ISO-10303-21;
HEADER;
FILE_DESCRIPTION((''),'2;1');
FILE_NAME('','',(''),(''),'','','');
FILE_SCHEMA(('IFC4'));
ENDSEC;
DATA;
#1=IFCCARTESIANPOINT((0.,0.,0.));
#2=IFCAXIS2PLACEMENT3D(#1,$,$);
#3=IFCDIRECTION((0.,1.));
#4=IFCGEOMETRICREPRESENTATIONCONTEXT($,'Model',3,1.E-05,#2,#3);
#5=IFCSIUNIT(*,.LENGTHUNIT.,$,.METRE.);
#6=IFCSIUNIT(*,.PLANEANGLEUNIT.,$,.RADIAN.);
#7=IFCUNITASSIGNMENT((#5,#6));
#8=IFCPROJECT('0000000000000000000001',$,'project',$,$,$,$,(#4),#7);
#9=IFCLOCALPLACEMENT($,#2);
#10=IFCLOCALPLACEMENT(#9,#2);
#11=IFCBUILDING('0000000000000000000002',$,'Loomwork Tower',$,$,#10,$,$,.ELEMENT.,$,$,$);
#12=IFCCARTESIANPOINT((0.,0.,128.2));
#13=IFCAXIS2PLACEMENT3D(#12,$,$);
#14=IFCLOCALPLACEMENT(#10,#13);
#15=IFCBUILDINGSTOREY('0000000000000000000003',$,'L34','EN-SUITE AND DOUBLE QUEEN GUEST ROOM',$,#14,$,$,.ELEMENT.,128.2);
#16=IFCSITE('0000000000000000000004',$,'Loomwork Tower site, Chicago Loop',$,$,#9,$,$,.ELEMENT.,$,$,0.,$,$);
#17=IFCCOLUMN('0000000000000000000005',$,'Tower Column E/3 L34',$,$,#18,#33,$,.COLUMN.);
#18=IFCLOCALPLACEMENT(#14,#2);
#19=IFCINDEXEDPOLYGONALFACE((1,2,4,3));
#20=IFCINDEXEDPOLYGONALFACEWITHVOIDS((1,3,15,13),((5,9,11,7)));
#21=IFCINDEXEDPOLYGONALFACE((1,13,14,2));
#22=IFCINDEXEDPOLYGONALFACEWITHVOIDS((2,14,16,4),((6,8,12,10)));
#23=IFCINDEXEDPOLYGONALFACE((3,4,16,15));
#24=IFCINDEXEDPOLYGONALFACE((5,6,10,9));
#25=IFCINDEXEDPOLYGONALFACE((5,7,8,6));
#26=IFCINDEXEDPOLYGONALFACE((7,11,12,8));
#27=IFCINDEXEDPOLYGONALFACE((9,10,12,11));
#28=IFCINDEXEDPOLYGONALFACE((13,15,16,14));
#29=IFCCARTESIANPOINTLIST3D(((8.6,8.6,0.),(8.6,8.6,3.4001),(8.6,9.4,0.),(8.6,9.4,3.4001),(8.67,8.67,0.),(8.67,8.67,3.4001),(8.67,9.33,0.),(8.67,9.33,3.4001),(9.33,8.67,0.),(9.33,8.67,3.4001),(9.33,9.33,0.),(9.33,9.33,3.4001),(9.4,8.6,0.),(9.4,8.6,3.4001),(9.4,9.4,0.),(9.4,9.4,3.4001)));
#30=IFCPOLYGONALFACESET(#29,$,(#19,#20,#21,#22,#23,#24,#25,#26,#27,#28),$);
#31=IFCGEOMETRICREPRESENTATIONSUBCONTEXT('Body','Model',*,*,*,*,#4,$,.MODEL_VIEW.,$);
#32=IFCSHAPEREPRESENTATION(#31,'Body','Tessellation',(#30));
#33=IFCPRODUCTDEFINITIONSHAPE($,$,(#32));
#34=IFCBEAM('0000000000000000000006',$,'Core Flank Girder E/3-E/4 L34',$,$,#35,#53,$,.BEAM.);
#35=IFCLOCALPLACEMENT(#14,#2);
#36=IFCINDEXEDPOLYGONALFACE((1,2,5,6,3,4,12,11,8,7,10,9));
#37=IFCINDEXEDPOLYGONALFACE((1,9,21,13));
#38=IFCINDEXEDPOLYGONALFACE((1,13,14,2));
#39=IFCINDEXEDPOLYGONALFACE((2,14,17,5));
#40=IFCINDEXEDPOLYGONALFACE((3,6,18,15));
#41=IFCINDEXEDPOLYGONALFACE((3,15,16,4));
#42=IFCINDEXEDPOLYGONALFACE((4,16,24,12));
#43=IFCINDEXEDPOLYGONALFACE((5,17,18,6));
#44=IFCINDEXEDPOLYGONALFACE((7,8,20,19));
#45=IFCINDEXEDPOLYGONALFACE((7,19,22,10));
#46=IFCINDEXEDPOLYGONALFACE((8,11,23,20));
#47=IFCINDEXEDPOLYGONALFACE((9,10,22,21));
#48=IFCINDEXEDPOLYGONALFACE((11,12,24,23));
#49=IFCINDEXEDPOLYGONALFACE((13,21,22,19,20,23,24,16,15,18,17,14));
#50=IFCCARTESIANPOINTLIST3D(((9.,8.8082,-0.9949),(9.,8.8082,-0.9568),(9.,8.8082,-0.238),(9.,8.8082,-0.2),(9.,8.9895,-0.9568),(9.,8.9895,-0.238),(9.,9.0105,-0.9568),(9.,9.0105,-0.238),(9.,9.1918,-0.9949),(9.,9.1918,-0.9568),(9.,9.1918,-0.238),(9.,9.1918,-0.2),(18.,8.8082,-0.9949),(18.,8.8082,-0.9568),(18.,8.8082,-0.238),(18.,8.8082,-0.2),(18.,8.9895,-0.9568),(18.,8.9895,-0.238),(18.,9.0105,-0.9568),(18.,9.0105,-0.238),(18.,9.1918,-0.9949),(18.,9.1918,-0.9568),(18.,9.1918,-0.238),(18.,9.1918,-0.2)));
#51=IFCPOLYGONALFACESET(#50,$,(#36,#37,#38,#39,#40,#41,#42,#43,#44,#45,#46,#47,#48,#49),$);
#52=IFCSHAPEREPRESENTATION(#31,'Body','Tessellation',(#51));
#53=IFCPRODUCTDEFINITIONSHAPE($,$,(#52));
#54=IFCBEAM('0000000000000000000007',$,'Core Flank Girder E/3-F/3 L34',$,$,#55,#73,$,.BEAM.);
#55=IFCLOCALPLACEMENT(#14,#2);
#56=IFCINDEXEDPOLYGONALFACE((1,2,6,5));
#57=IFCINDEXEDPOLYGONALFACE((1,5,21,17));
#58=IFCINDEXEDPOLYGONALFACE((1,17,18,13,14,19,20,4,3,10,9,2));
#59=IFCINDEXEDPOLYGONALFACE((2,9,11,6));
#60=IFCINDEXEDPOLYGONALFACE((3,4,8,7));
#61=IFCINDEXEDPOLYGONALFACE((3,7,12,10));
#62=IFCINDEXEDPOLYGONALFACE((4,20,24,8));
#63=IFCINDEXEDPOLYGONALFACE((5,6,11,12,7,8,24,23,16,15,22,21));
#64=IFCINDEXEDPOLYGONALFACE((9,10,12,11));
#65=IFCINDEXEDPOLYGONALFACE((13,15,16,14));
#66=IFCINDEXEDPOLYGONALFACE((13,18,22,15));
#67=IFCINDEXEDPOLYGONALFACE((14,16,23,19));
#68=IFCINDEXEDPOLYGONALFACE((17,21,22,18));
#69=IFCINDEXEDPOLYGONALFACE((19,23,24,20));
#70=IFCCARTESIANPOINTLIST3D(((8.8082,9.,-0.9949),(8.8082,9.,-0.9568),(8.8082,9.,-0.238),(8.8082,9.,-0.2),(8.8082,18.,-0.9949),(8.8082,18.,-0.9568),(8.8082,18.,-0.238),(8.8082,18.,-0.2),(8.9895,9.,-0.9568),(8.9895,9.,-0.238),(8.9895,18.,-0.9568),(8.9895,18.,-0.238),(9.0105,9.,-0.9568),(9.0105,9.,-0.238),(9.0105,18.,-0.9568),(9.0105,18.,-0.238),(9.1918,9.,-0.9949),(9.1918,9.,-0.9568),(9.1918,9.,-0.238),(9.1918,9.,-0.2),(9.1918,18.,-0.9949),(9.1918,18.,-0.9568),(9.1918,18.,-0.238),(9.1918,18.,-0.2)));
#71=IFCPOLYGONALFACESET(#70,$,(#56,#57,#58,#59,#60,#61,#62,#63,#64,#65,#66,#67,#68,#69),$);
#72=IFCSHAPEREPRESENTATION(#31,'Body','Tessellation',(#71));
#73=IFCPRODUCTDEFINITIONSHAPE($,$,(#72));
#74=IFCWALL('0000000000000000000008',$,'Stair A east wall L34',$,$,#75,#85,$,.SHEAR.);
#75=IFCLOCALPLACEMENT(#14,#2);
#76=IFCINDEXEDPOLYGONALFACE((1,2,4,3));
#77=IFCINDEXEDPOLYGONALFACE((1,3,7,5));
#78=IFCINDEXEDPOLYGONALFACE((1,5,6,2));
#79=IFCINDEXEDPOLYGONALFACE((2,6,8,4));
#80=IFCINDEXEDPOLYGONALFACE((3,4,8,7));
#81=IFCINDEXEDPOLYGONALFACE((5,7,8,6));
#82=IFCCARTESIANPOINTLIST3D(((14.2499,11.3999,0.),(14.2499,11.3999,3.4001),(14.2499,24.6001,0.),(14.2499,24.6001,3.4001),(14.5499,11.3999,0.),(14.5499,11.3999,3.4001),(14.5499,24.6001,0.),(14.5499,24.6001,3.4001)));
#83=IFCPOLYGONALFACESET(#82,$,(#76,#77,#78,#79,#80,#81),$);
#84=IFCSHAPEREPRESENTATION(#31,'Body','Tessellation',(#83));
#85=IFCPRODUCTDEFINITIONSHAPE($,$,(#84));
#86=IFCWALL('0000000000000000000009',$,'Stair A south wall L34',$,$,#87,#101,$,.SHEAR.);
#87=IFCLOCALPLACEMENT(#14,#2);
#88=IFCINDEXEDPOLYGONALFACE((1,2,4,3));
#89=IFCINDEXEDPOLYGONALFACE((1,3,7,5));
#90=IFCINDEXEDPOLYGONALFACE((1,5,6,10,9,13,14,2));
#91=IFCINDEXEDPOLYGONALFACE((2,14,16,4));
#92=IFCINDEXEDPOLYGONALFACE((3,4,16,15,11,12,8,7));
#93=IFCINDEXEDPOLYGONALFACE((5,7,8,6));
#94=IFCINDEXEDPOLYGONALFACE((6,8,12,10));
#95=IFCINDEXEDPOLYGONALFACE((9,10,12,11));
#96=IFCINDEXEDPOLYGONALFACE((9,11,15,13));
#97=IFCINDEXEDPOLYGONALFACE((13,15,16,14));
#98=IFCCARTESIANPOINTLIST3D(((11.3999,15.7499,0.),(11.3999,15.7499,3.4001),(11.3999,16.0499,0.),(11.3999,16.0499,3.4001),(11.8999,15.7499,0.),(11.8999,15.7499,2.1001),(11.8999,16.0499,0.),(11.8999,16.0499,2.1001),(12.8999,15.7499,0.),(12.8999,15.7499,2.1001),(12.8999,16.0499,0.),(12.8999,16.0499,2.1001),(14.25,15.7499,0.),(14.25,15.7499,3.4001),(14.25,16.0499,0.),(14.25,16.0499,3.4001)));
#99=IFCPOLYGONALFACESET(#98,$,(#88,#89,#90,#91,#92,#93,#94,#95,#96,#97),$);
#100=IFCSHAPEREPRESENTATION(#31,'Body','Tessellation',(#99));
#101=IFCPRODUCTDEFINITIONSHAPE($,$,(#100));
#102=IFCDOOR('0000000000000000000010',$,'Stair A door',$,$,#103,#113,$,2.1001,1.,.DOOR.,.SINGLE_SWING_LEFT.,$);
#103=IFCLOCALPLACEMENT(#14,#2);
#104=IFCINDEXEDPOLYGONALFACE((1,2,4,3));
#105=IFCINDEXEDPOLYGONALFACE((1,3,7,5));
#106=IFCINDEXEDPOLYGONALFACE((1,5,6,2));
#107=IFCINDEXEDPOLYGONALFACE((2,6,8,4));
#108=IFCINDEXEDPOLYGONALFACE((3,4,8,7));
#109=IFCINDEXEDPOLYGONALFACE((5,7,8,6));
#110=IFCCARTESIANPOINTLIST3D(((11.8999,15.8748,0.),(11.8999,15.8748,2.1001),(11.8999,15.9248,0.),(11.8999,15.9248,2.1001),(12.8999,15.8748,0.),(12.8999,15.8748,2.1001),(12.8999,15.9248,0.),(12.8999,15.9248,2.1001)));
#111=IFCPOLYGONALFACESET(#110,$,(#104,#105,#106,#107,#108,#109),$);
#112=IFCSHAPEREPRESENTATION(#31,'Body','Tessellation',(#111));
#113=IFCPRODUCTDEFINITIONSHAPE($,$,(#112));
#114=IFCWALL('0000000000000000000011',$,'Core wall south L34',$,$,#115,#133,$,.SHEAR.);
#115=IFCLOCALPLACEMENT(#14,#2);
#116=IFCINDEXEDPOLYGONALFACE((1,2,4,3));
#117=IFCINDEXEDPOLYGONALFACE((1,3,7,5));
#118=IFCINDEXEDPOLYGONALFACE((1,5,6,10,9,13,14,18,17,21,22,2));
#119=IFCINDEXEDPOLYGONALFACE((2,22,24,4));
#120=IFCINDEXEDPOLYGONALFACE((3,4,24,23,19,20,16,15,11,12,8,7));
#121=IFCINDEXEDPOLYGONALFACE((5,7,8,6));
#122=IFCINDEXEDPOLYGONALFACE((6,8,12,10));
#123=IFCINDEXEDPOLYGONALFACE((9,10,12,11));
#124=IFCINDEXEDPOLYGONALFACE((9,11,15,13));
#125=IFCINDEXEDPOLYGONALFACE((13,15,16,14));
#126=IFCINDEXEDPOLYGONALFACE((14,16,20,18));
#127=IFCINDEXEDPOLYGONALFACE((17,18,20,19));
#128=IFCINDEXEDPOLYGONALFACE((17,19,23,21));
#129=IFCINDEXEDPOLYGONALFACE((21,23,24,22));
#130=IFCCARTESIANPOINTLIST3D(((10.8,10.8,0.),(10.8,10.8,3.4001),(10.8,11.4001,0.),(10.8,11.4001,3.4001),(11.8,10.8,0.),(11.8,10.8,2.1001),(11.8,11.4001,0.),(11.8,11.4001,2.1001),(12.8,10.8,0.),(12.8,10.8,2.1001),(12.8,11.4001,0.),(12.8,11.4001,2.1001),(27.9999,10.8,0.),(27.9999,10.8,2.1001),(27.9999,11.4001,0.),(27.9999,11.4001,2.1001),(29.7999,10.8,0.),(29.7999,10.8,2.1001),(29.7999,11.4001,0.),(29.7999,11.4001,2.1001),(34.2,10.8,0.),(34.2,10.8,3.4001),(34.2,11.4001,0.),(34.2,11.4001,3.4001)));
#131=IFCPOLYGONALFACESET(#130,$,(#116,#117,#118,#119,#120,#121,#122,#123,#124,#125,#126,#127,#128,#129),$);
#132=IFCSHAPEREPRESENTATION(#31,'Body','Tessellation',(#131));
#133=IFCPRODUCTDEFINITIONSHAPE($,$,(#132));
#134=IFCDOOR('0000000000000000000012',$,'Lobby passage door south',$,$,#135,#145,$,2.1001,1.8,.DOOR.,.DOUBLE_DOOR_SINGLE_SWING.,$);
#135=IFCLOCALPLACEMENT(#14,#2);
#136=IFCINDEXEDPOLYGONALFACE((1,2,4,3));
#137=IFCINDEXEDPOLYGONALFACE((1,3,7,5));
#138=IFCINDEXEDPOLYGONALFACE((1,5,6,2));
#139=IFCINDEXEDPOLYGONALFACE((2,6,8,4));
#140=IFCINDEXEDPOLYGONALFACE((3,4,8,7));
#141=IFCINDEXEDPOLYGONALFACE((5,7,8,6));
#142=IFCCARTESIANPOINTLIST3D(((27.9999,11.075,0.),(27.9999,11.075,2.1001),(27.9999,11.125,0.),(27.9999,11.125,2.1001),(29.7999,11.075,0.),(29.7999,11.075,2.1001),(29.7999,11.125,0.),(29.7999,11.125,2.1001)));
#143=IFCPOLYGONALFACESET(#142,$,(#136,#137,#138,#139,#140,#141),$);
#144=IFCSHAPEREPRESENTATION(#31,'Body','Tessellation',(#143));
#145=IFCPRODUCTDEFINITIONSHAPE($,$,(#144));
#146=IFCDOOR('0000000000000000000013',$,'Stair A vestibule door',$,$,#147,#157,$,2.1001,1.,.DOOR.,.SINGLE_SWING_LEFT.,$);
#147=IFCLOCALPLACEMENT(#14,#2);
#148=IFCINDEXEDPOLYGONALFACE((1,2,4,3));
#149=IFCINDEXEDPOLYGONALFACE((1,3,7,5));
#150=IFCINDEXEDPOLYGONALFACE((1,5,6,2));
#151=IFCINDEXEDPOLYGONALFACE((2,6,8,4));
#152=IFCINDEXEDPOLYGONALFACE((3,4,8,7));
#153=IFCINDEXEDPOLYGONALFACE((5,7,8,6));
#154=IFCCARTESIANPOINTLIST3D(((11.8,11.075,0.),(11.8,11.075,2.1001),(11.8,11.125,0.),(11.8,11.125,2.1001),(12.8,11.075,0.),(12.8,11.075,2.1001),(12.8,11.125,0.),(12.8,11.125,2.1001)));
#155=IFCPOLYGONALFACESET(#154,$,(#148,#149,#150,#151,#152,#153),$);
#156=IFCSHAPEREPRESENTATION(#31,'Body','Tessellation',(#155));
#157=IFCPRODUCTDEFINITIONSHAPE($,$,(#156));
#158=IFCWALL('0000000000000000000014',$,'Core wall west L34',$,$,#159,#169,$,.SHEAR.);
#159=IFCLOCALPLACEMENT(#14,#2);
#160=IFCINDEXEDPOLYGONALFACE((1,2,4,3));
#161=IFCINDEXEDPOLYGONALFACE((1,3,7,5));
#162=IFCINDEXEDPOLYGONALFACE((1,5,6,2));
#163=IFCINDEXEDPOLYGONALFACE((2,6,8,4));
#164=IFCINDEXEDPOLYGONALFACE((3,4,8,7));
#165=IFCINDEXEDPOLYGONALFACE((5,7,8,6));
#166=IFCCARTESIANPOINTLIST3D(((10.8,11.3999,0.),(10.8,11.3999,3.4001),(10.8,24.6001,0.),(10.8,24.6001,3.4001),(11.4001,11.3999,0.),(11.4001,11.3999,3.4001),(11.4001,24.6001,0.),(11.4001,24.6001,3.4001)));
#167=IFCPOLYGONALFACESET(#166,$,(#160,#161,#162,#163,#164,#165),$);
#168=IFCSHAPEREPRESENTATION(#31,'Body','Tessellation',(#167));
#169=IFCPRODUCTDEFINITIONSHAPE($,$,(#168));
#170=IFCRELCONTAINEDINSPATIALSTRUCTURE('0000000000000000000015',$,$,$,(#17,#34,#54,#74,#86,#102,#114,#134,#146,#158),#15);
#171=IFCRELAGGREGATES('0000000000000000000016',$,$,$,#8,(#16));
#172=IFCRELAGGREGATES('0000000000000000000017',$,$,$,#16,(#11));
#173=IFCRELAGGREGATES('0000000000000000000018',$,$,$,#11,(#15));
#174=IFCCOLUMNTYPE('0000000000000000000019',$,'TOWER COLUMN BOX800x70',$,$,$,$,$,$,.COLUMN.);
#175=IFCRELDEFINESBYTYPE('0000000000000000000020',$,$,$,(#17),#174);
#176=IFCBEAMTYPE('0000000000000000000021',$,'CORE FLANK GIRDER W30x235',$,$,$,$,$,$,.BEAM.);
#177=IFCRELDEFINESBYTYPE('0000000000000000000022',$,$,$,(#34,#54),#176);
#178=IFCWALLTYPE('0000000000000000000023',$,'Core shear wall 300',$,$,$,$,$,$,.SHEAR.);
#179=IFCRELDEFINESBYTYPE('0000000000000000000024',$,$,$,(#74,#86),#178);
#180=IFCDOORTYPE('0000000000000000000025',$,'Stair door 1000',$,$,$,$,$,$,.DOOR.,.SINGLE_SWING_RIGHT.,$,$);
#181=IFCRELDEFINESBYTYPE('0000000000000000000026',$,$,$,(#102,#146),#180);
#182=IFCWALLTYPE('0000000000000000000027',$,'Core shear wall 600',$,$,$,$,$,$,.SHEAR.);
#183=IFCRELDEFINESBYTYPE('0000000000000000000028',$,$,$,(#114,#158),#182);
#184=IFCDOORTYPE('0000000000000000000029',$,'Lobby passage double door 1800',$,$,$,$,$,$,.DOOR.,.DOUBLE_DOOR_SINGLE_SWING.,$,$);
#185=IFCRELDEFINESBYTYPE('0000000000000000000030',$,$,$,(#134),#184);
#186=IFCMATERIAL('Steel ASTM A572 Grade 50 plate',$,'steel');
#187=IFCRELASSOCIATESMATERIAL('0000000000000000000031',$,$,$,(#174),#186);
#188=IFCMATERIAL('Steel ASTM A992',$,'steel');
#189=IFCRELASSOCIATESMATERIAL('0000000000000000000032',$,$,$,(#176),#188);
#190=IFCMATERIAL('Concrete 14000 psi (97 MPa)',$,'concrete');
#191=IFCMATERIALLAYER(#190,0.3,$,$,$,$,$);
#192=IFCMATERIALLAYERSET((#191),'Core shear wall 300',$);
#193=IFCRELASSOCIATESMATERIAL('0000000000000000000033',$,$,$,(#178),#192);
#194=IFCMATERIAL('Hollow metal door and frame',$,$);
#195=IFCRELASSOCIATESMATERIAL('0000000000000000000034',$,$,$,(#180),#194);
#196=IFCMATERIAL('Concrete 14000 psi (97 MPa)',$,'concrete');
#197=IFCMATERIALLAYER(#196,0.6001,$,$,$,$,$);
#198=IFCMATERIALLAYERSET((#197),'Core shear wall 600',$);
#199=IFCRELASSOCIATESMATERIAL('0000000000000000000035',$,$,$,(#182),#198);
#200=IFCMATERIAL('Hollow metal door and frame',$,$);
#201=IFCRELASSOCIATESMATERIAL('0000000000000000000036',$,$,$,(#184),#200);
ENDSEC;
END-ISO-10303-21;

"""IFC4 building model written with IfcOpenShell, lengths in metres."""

from ifc_helpers import new_model, si_unit, direction, frame, frame_2d, origin, origin_2d, place, context, subcontext, project, spatial, rectangle, hollow_rectangle, i_section, extrude, material, layer, layer_set, material_profile, profile_set, type_object, element, fill, save


model = new_model("IFC4")

# Units and contexts
model_context = context("Model", 3, precision=1e-05, world=origin(), true_north=direction((0.0, 1.0)))
body_context = subcontext(model_context, "Body", "Model", "MODEL_VIEW")
ifc_project = project(units=[si_unit("LENGTHUNIT", "METRE"), si_unit("PLANEANGLEUNIT", "RADIAN")], contexts=[model_context])

# Site, building, storey
site_placement = place(None, origin())
site = spatial("IfcSite", under=ifc_project, at=site_placement, Name="Loomwork Tower site, Chicago Loop", CompositionType="ELEMENT", RefElevation=0.0)
building_placement = place(site_placement, origin())
building = spatial("IfcBuilding", under=site, at=building_placement, Name="Loomwork Tower", CompositionType="ELEMENT")
storey_placement = place(building_placement, frame((0.0, 0.0, 128.2)))
storey = spatial("IfcBuildingStorey", under=building, at=storey_placement, Name="L34", Description="EN-SUITE AND DOUBLE QUEEN GUEST ROOM", CompositionType="ELEMENT", Elevation=128.2)

# Column
ifc_material_1 = material(Name="Steel ASTM A572 Grade 50 plate", Category="steel")
ifc_material_profile_1 = material_profile(ifc_material_1, hollow_rectangle(XDim=0.8, YDim=0.8, WallThickness=0.0701, at=origin_2d()), Name="BOX800x70")
ifc_profile_set_1 = profile_set([ifc_material_profile_1], Name="Steel ASTM A572 Grade 50 plate")
column_type = type_object("IfcColumnType", Name="TOWER COLUMN BOX800x70", PredefinedType="COLUMN", material=ifc_profile_set_1)
column_placement = place(storey_placement, frame((9.0, 9.0, 0.0), z_axis=(0.0, 0.0, 1.0), x_axis=(1.0, 0.0, 0.0)))
element("IfcColumn", 1, at=column_placement, inside=storey, type_object=column_type, Name="Tower Column E/3 L34", PredefinedType="COLUMN", context=body_context, shape_type="SweptSolid", body=[
    extrude(hollow_rectangle(XDim=0.8, YDim=0.8, WallThickness=0.0701, at=origin_2d()), origin(), (0.0, 0.0, 1.0), 3.4001),
])

# Beams
ifc_material_2 = material(Name="Steel ASTM A992", Category="steel")
ifc_material_profile_2 = material_profile(ifc_material_2, i_section(OverallWidth=0.3835, OverallDepth=0.7949, WebThickness=0.021, FlangeThickness=0.0381, at=origin_2d()), Name="W30x235")
ifc_profile_set_2 = profile_set([ifc_material_profile_2], Name="Steel ASTM A992")
beam_type = type_object("IfcBeamType", Name="CORE FLANK GIRDER W30x235", PredefinedType="BEAM", material=ifc_profile_set_2)
for number, where, z_axis, x_axis, name in (
    (2, (9.0, 9.0, -0.5974), (1.0, 0.0, 0.0), (0.0, 1.0, 0.0), "Core Flank Girder E/3-E/4 L34"),
    (3, (9.0, 9.0, -0.5974), (0.0, 1.0, 0.0), (-1.0, 0.0, 0.0), "Core Flank Girder E/3-F/3 L34"),
):
    element("IfcBeam", number, at=place(storey_placement, frame(where, z_axis=z_axis, x_axis=x_axis)), inside=storey, type_object=beam_type, Name=name, PredefinedType="BEAM", context=body_context, shape_type="SweptSolid", body=[
        extrude(i_section(OverallWidth=0.3835, OverallDepth=0.7949, WebThickness=0.021, FlangeThickness=0.0381, at=origin_2d()), origin(), (0.0, 0.0, 1.0), 9.0),
    ])

# Wall
ifc_material_3 = material(Name="Concrete 14000 psi (97 MPa)", Category="concrete")
ifc_layer_1 = layer(ifc_material_3, 0.3)
ifc_layer_set_1 = layer_set([ifc_layer_1], Name="Core shear wall 300")
wall_type_1 = type_object("IfcWallType", Name="Core shear wall 300", PredefinedType="SHEAR", material=ifc_layer_set_1)
wall_1_placement = place(storey_placement, frame((14.3999, 11.3999, 0.0), z_axis=(0.0, 0.0, 1.0), x_axis=(0.0, 1.0, 0.0)))
element("IfcWall", 4, at=wall_1_placement, inside=storey, type_object=wall_type_1, Name="Stair A east wall L34", PredefinedType="SHEAR", context=body_context, shape_type="SweptSolid", body=[
    extrude(rectangle(XDim=13.2002, YDim=0.3, at=frame_2d((6.6001, 0.0))), origin(), (0.0, 0.0, 1.0), 3.4001),
])

# Wall, opening, door
wall_2_placement = place(storey_placement, frame((11.3999, 15.8999, 0.0), z_axis=(0.0, 0.0, 1.0), x_axis=(1.0, 0.0, 0.0)))
wall_2 = element("IfcWall", 5, at=wall_2_placement, inside=storey, type_object=wall_type_1, Name="Stair A south wall L34", PredefinedType="SHEAR", context=body_context, shape_type="SweptSolid", body=[
    extrude(rectangle(XDim=2.8501, YDim=0.3, at=frame_2d((1.425, 0.0))), origin(), (0.0, 0.0, 1.0), 3.4001),
])
opening_1_placement = place(wall_2_placement, frame((0.5, 0.0, 0.0)))
opening_1 = element("IfcOpeningElement", 6, at=opening_1_placement, cuts=wall_2, PredefinedType="OPENING", context=body_context, shape_type="SweptSolid", body=[
    extrude(rectangle(XDim=1.0, YDim=2.1001, at=frame_2d((0.5, 1.05))), frame((0.0, 0.1599, 0.0), z_axis=(0.0, -1.0, 0.0), x_axis=(1.0, 0.0, 0.0)), (0.0, 0.0, 1.0), 0.3201),
])
ifc_material_4 = material(Name="Hollow metal door and frame")
door_type_1 = type_object("IfcDoorType", Name="Stair door 1000", OperationType="SINGLE_SWING_RIGHT", PredefinedType="DOOR", material=ifc_material_4)
door_1_placement = place(opening_1_placement, origin())
door_1 = element("IfcDoor", 7, at=door_1_placement, inside=storey, type_object=door_type_1, Name="Stair A door", OperationType="SINGLE_SWING_LEFT", OverallHeight=2.1001, OverallWidth=1.0, PredefinedType="DOOR", context=body_context, shape_type="SweptSolid", body=[
    extrude(rectangle(XDim=1.0, YDim=2.1001, at=frame_2d((0.5, 1.05))), frame((0.0, 0.0249, 0.0), z_axis=(0.0, -1.0, 0.0), x_axis=(1.0, 0.0, 0.0)), (0.0, 0.0, 1.0), 0.05),
])
fill(opening_1, door_1)

# Wall, openings, doors
ifc_material_5 = material(Name="Concrete 14000 psi (97 MPa)", Category="concrete")
ifc_layer_2 = layer(ifc_material_5, 0.6001)
ifc_layer_set_2 = layer_set([ifc_layer_2], Name="Core shear wall 600")
wall_type_2 = type_object("IfcWallType", Name="Core shear wall 600", PredefinedType="SHEAR", material=ifc_layer_set_2)
wall_3_placement = place(storey_placement, frame((10.8, 11.1001, 0.0), z_axis=(0.0, 0.0, 1.0), x_axis=(1.0, 0.0, 0.0)))
wall_3 = element("IfcWall", 8, at=wall_3_placement, inside=storey, type_object=wall_type_2, Name="Core wall south L34", PredefinedType="SHEAR", context=body_context, shape_type="SweptSolid", body=[
    extrude(rectangle(XDim=23.3999, YDim=0.6001, at=frame_2d((11.7, 0.0))), origin(), (0.0, 0.0, 1.0), 3.4001),
])
opening_2_placement = place(wall_3_placement, frame((1.0, 0.0, 0.0)))
opening_2 = element("IfcOpeningElement", 9, at=opening_2_placement, cuts=wall_3, PredefinedType="OPENING", context=body_context, shape_type="SweptSolid", body=[
    extrude(rectangle(XDim=1.0, YDim=2.1001, at=frame_2d((0.5, 1.05))), frame((0.0, 0.3101, 0.0), z_axis=(0.0, -1.0, 0.0), x_axis=(1.0, 0.0, 0.0)), (0.0, 0.0, 1.0), 0.6201),
])
opening_3_placement = place(wall_3_placement, frame((17.2, 0.0, 0.0)))
opening_3 = element("IfcOpeningElement", 10, at=opening_3_placement, cuts=wall_3, PredefinedType="OPENING", context=body_context, shape_type="SweptSolid", body=[
    extrude(rectangle(XDim=1.8, YDim=2.1001, at=frame_2d((0.8999, 1.05))), frame((0.0, 0.3101, 0.0), z_axis=(0.0, -1.0, 0.0), x_axis=(1.0, 0.0, 0.0)), (0.0, 0.0, 1.0), 0.6201),
])
ifc_material_6 = material(Name="Hollow metal door and frame")
door_type_2 = type_object("IfcDoorType", Name="Lobby passage double door 1800", OperationType="DOUBLE_DOOR_SINGLE_SWING", PredefinedType="DOOR", material=ifc_material_6)
door_2_placement = place(opening_3_placement, origin())
door_2 = element("IfcDoor", 11, at=door_2_placement, inside=storey, type_object=door_type_2, Name="Lobby passage door south", OperationType="DOUBLE_DOOR_SINGLE_SWING", OverallHeight=2.1001, OverallWidth=1.8, PredefinedType="DOOR", context=body_context, shape_type="SweptSolid", body=[
    extrude(rectangle(XDim=1.8, YDim=2.1001, at=frame_2d((0.8999, 1.05))), frame((0.0, 0.0249, 0.0), z_axis=(0.0, -1.0, 0.0), x_axis=(1.0, 0.0, 0.0)), (0.0, 0.0, 1.0), 0.05),
])
fill(opening_3, door_2)
door_3_placement = place(opening_2_placement, origin())
door_3 = element("IfcDoor", 12, at=door_3_placement, inside=storey, type_object=door_type_1, Name="Stair A vestibule door", OperationType="SINGLE_SWING_LEFT", OverallHeight=2.1001, OverallWidth=1.0, PredefinedType="DOOR", context=body_context, shape_type="SweptSolid", body=[
    extrude(rectangle(XDim=1.0, YDim=2.1001, at=frame_2d((0.5, 1.05))), frame((0.0, 0.0249, 0.0), z_axis=(0.0, -1.0, 0.0), x_axis=(1.0, 0.0, 0.0)), (0.0, 0.0, 1.0), 0.05),
])
fill(opening_2, door_3)

# Wall
wall_4_placement = place(storey_placement, frame((11.1001, 11.3999, 0.0), z_axis=(0.0, 0.0, 1.0), x_axis=(0.0, 1.0, 0.0)))
element("IfcWall", 13, at=wall_4_placement, inside=storey, type_object=wall_type_2, Name="Core wall west L34", PredefinedType="SHEAR", context=body_context, shape_type="SweptSolid", body=[
    extrude(rectangle(XDim=13.2002, YDim=0.6001, at=frame_2d((6.6001, 0.0))), origin(), (0.0, 0.0, 1.0), 3.4001),
])

save(model, "model.ifc")
